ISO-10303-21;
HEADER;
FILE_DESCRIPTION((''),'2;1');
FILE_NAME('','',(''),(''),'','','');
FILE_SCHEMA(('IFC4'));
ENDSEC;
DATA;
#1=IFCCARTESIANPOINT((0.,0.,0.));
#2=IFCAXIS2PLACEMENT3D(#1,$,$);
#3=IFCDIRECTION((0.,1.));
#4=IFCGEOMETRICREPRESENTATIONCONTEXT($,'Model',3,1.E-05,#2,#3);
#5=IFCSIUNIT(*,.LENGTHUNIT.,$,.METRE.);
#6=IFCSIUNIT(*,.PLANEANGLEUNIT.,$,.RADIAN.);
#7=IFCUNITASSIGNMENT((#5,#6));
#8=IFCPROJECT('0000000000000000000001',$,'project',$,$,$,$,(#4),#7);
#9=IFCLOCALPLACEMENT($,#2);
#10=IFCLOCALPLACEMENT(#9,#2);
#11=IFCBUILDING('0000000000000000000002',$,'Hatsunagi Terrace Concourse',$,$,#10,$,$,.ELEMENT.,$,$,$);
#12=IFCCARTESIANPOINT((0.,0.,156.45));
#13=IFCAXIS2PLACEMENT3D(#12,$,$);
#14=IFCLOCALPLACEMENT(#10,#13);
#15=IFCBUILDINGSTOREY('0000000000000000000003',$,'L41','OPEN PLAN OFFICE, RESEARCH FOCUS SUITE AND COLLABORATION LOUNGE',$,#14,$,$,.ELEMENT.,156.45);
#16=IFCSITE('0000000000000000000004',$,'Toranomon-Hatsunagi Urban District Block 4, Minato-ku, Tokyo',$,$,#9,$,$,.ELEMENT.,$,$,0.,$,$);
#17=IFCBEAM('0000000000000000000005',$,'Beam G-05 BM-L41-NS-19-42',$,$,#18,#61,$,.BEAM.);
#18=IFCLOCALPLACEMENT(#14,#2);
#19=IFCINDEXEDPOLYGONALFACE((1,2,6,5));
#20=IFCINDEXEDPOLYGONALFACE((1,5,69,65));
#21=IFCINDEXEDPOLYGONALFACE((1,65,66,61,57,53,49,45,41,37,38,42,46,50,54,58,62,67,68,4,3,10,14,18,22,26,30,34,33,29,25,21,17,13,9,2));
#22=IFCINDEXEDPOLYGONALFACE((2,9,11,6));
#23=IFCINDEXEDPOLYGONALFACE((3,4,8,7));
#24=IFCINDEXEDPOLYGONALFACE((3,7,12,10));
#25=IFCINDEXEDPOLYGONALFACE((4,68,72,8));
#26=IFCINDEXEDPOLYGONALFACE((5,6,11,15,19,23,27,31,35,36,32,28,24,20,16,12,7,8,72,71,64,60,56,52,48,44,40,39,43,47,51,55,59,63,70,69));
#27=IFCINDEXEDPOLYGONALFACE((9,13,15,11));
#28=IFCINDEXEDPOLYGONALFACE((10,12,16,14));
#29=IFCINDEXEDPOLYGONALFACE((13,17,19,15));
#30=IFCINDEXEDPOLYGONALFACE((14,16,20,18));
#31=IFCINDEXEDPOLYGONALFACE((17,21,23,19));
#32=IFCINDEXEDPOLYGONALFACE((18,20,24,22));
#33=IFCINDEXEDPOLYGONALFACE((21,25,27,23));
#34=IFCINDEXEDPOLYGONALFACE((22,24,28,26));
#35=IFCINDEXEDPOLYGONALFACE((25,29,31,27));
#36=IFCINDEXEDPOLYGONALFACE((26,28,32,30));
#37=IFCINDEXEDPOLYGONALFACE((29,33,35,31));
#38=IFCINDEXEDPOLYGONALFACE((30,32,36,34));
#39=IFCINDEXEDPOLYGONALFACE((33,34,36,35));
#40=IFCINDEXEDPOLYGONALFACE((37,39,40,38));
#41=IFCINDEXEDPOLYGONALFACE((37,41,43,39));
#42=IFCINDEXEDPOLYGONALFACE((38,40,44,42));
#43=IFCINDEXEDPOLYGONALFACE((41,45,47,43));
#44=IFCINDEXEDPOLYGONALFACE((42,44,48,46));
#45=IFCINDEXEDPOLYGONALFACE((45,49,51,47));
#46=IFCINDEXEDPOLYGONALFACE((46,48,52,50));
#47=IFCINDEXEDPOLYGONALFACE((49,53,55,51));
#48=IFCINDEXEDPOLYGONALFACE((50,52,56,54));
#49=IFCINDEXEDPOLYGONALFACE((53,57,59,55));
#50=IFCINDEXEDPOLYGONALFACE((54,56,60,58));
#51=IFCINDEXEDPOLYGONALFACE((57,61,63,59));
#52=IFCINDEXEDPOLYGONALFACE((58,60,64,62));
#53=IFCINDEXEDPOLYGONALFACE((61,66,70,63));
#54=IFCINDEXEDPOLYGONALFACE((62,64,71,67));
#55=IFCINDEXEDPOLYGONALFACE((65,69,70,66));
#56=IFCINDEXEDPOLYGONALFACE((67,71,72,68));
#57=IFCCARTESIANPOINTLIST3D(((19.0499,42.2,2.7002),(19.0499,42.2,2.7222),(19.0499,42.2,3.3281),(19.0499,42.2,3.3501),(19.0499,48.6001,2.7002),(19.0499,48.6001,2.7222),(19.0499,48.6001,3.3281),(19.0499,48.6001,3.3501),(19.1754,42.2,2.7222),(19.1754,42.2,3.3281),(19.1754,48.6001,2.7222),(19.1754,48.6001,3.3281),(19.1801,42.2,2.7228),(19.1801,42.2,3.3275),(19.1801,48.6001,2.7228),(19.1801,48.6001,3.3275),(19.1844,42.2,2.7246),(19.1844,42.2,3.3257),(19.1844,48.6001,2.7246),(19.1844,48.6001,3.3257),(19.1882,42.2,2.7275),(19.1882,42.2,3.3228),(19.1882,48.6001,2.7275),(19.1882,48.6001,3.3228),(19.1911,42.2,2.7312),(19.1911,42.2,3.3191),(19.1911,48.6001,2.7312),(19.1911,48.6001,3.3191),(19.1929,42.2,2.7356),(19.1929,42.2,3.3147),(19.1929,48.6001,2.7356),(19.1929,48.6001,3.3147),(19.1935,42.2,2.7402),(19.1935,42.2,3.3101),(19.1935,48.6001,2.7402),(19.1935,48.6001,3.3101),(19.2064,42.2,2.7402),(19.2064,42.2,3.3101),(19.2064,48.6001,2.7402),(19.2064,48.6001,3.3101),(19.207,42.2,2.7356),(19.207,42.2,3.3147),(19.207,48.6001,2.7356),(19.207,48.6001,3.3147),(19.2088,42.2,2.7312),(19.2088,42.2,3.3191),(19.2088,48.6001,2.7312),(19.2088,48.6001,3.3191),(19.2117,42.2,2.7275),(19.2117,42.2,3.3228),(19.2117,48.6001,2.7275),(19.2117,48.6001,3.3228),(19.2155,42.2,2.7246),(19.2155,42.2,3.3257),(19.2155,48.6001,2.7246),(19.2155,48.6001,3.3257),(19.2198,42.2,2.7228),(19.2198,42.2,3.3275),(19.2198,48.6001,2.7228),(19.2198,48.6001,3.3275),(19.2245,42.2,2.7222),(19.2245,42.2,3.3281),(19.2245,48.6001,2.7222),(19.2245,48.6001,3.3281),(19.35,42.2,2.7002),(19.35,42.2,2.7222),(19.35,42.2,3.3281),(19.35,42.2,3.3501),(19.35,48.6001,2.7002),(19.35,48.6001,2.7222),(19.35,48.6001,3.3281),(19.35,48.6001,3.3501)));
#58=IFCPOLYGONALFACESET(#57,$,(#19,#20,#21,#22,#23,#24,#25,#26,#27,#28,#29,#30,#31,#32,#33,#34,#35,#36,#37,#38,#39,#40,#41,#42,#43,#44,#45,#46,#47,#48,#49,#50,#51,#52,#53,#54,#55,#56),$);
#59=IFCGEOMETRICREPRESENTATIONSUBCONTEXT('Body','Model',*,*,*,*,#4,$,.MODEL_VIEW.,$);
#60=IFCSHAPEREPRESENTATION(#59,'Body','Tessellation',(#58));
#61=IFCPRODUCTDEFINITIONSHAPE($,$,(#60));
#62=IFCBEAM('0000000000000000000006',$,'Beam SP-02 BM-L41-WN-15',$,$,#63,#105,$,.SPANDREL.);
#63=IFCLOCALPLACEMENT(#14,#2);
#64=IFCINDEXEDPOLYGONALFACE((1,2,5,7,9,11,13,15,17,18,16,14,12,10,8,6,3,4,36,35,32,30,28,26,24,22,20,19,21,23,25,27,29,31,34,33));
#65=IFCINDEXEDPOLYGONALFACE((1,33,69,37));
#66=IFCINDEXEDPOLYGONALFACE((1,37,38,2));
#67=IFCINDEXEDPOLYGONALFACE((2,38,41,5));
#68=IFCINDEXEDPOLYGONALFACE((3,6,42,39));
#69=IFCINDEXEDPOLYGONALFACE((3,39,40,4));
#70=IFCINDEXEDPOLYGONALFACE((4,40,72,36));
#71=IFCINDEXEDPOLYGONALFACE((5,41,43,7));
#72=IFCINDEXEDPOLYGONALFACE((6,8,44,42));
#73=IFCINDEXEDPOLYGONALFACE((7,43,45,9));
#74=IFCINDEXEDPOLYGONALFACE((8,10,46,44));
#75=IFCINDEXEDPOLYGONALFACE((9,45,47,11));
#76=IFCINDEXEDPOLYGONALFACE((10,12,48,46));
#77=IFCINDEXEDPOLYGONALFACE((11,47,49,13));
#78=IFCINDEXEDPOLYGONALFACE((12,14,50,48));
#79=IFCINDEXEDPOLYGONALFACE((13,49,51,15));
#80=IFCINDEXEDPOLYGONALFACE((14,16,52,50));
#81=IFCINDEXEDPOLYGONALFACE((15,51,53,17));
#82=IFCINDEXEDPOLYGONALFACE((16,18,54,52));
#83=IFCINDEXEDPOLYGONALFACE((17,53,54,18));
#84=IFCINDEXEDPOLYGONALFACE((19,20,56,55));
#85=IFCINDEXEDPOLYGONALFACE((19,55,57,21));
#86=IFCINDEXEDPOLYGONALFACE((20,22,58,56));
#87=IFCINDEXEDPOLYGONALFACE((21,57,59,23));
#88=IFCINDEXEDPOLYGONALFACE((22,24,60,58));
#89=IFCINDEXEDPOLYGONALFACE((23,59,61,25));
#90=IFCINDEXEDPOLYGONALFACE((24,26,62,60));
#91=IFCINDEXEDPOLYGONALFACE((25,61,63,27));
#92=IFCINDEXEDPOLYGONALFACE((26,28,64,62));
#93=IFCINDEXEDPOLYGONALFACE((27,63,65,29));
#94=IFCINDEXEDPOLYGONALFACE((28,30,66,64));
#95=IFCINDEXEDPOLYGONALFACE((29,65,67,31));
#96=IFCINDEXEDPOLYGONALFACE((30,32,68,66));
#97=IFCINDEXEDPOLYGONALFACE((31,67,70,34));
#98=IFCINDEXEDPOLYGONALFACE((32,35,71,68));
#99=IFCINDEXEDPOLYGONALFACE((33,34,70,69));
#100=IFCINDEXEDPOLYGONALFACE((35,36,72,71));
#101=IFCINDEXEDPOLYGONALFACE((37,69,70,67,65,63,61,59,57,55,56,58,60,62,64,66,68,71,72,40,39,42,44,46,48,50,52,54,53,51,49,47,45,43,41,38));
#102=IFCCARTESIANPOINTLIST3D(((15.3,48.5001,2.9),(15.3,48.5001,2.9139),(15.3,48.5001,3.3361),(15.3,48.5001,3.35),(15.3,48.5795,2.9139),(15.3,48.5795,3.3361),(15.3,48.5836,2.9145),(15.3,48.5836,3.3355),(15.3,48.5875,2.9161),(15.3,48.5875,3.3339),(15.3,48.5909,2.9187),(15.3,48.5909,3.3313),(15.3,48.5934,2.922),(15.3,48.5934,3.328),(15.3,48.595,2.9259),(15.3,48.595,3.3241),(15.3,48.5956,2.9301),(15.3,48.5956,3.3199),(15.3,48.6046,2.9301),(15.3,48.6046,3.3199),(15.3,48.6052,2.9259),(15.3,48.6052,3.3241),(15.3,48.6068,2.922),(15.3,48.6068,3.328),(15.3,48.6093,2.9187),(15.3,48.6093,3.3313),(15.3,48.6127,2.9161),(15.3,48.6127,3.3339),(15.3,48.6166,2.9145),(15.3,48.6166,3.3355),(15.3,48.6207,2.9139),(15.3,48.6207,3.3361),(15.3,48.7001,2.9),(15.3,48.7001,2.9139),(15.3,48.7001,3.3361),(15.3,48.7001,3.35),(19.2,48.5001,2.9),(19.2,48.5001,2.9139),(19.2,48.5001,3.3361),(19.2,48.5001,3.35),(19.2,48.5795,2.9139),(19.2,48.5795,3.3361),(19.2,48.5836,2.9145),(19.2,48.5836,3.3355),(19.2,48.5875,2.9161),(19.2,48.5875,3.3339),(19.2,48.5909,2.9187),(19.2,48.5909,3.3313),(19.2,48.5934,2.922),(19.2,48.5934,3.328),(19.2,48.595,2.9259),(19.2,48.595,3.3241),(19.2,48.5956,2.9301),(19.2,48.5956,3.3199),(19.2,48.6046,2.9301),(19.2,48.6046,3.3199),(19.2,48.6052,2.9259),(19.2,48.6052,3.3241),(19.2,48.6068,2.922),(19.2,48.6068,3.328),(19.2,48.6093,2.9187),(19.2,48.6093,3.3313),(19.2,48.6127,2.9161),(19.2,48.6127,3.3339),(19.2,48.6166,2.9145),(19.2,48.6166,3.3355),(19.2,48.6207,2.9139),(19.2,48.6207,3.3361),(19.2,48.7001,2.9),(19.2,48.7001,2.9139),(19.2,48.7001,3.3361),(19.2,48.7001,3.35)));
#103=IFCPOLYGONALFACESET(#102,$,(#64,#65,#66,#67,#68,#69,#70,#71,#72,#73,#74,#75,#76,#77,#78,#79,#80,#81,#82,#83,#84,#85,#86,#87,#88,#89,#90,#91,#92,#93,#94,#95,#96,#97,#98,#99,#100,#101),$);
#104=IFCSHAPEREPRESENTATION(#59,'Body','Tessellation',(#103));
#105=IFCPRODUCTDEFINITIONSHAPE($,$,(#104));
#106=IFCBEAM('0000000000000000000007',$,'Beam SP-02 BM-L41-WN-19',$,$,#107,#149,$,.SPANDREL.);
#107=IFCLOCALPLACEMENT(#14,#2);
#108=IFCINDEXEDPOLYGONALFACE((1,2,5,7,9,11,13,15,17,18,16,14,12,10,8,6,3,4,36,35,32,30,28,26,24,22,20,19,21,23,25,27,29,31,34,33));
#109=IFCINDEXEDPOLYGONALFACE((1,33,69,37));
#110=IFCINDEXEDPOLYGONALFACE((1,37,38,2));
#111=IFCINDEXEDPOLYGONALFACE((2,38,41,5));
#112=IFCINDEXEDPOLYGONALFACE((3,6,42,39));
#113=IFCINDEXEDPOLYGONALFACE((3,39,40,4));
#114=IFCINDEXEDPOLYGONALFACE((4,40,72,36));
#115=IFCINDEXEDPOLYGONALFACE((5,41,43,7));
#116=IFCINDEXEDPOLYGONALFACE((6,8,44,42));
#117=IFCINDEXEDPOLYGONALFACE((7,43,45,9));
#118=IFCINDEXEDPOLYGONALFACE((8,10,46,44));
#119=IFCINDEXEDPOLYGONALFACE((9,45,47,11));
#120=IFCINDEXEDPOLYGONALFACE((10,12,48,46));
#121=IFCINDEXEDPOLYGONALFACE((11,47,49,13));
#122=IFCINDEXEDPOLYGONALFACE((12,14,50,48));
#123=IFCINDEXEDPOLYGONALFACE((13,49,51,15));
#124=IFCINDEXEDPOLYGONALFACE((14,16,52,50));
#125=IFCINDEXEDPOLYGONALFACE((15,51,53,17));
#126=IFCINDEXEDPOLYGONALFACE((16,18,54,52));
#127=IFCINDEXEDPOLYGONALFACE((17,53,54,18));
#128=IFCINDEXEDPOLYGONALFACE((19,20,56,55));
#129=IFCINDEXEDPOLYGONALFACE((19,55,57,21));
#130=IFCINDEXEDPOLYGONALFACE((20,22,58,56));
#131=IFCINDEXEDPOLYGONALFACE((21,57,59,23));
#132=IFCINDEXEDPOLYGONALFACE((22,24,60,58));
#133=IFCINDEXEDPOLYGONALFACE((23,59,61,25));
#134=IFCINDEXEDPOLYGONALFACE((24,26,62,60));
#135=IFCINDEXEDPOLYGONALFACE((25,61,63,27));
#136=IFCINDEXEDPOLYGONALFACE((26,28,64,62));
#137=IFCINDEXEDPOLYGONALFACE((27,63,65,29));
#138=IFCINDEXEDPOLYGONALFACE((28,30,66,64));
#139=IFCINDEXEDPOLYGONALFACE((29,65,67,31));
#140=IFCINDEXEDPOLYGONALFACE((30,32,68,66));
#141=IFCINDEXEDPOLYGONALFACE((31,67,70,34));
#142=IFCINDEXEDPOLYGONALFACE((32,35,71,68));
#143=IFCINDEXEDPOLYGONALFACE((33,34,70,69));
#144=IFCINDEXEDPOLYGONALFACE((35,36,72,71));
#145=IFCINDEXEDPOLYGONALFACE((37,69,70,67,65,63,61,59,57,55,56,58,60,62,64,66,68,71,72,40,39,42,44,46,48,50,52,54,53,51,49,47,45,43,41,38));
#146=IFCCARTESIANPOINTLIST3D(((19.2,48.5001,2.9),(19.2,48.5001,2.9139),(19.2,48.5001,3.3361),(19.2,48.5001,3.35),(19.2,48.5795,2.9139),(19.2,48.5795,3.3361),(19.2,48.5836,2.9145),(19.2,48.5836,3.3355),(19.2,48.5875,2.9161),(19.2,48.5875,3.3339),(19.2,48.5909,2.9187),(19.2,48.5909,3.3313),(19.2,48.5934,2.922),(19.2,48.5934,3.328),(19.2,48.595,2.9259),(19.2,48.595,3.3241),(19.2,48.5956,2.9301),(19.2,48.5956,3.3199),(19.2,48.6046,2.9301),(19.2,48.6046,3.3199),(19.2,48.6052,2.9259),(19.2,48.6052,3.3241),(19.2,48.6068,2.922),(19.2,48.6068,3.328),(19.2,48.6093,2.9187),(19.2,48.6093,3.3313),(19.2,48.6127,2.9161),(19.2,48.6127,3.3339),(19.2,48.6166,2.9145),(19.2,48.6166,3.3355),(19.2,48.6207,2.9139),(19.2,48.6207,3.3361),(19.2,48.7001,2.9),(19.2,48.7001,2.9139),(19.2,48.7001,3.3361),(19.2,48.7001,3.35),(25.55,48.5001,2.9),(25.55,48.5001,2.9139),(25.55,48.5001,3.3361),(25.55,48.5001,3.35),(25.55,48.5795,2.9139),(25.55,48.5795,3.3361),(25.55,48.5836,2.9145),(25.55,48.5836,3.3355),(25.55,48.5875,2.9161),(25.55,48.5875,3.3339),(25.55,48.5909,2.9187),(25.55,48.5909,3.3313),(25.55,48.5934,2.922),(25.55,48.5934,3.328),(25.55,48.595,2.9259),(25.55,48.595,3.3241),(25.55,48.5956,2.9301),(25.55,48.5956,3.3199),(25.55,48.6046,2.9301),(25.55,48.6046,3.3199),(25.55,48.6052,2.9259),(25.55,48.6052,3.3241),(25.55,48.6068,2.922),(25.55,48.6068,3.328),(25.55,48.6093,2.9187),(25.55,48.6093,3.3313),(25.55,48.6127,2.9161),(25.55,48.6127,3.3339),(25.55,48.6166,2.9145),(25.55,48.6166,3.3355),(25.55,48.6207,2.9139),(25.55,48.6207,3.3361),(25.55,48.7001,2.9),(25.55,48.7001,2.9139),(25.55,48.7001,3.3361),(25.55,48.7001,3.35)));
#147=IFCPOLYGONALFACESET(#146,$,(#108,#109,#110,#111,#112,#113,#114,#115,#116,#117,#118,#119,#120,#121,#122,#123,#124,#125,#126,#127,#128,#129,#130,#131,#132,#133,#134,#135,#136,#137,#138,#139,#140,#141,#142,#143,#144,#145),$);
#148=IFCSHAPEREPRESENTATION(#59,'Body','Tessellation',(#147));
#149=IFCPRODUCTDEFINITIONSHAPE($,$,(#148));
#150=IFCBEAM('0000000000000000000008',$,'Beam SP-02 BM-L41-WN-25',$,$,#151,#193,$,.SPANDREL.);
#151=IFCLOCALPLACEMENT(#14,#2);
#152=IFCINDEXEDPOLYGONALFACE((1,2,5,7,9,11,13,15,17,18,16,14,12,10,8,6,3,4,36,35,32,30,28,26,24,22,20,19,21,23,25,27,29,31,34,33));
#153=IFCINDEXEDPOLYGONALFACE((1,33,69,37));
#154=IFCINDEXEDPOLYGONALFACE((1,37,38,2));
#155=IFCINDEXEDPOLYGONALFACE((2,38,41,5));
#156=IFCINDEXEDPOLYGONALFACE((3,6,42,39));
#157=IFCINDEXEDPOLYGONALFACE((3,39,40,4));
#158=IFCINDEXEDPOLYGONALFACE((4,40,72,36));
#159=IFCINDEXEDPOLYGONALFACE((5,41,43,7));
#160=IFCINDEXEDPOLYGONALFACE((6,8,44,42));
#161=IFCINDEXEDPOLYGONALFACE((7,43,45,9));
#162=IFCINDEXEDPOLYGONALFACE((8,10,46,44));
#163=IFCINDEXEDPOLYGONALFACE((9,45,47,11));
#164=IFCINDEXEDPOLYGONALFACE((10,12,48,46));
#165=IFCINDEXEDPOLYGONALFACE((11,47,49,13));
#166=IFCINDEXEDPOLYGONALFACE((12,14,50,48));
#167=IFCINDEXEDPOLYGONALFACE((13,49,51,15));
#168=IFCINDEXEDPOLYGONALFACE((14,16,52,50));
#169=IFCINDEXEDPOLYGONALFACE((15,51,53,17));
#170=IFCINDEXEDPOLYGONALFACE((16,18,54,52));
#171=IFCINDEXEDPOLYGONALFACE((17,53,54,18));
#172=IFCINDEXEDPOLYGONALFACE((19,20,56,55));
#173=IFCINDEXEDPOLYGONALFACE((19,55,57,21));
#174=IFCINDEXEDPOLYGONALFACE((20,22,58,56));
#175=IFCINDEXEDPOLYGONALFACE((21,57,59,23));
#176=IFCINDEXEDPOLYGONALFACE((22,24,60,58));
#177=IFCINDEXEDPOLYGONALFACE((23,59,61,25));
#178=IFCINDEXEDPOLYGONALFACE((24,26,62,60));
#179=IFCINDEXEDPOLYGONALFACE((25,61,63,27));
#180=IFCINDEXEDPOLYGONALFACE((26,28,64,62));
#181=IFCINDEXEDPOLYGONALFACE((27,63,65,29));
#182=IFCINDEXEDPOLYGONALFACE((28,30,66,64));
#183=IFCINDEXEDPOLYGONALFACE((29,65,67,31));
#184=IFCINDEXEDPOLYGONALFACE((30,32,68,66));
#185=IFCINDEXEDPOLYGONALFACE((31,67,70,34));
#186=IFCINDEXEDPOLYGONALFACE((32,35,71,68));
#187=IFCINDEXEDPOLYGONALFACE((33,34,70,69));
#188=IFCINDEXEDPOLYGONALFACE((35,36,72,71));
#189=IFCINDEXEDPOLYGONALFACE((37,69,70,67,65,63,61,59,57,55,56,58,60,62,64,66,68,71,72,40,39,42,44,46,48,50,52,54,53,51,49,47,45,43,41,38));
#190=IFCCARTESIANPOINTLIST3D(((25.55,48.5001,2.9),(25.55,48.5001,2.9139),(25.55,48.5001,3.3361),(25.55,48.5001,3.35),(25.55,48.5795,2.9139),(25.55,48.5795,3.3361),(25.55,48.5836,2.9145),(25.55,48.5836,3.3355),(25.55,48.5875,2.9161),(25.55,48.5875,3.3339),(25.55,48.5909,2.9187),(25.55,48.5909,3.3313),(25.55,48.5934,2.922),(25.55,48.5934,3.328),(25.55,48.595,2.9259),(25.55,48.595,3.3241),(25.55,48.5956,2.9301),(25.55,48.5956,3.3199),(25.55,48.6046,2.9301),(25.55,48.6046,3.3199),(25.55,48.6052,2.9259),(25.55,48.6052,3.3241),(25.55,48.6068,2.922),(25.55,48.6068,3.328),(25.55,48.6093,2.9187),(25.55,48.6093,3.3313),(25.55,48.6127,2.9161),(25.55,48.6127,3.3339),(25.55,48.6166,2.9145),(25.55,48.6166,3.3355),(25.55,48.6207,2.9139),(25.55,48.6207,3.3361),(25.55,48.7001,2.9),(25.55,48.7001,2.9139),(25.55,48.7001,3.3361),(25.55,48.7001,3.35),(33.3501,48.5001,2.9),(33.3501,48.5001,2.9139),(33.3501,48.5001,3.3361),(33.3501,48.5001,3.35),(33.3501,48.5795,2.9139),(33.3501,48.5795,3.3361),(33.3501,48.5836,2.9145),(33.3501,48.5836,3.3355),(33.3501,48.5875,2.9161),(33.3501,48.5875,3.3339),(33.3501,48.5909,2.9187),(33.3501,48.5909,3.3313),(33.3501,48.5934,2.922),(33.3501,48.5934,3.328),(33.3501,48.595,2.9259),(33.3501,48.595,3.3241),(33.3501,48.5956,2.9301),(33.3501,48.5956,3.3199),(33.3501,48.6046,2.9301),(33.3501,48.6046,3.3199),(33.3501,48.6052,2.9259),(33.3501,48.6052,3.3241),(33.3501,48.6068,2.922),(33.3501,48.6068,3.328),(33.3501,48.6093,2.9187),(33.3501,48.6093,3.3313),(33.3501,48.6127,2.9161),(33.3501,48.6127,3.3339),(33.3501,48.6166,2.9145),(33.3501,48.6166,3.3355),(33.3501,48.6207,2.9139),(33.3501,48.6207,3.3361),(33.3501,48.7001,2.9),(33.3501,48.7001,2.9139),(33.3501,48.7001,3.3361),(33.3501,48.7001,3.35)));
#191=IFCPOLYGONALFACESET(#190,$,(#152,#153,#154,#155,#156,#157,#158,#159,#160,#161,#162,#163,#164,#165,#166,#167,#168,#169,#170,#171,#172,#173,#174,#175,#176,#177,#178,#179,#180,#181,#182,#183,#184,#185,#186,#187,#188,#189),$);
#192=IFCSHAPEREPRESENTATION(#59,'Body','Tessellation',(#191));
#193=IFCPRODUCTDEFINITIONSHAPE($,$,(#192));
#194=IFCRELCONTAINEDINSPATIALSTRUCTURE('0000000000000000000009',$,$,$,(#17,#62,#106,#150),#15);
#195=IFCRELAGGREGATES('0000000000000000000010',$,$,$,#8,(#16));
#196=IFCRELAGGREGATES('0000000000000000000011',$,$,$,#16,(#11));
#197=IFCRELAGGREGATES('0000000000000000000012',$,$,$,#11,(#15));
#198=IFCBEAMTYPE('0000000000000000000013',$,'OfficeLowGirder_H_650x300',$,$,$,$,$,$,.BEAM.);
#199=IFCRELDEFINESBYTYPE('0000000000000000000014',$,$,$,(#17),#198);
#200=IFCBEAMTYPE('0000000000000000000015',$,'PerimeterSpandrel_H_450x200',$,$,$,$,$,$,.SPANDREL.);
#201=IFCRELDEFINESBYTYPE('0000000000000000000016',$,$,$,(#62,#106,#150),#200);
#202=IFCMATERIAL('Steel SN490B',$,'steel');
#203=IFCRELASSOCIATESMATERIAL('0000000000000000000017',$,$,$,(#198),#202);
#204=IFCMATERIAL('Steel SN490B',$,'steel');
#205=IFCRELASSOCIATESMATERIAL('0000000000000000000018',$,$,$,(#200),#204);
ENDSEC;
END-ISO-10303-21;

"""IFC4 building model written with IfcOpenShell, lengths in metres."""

from ifc_helpers import new_model, si_unit, direction, frame, origin, origin_2d, place, context, subcontext, project, spatial, i_section, extrude, material, material_profile, profile_set, type_object, element, save


model = new_model("IFC4")

# Units and contexts
model_context = context("Model", 3, precision=1e-05, world=origin(), true_north=direction((0.0, 1.0)))
body_context = subcontext(model_context, "Body", "Model", "MODEL_VIEW")
ifc_project = project(units=[si_unit("LENGTHUNIT", "METRE"), si_unit("PLANEANGLEUNIT", "RADIAN")], contexts=[model_context])

# Site, building, storey
site_placement = place(None, origin())
site = spatial("IfcSite", under=ifc_project, at=site_placement, Name="Toranomon-Hatsunagi Urban District Block 4, Minato-ku, Tokyo", CompositionType="ELEMENT", RefElevation=0.0)
building_placement = place(site_placement, origin())
building = spatial("IfcBuilding", under=site, at=building_placement, Name="Hatsunagi Terrace Concourse", CompositionType="ELEMENT")
storey_placement = place(building_placement, frame((0.0, 0.0, 156.45)))
storey = spatial("IfcBuildingStorey", under=building, at=storey_placement, Name="L41", Description="OPEN PLAN OFFICE, RESEARCH FOCUS SUITE AND COLLABORATION LOUNGE", CompositionType="ELEMENT", Elevation=156.45)

# Beams
ifc_material_1 = material(Name="Steel SN490B", Category="steel")
ifc_material_profile_1 = material_profile(ifc_material_1, i_section(OverallWidth=0.3, OverallDepth=0.6499, WebThickness=0.0129, FlangeThickness=0.022, FilletRadius=0.0181, at=origin_2d()), Name="H-650x300x13x22")
ifc_profile_set_1 = profile_set([ifc_material_profile_1], Name="Steel SN490B")
beam_type_1 = type_object("IfcBeamType", Name="OfficeLowGirder_H_650x300", PredefinedType="BEAM", material=ifc_profile_set_1)
beam_1_placement = place(storey_placement, frame((19.2, 42.2, 3.0251), z_axis=(0.0, 1.0, 0.0), x_axis=(-1.0, 0.0, 0.0)))
element("IfcBeam", 1, at=beam_1_placement, inside=storey, type_object=beam_type_1, Name="Beam G-05 BM-L41-NS-19-42", PredefinedType="BEAM", context=body_context, shape_type="SweptSolid", body=[
    extrude(i_section(OverallWidth=0.3, OverallDepth=0.6499, WebThickness=0.0129, FlangeThickness=0.022, FilletRadius=0.0181, at=origin_2d()), origin(), (0.0, 0.0, 1.0), 6.4001),
])
ifc_material_2 = material(Name="Steel SN490B", Category="steel")
ifc_material_profile_2 = material_profile(ifc_material_2, i_section(OverallWidth=0.2, OverallDepth=0.45, WebThickness=0.009, FlangeThickness=0.0139, FilletRadius=0.0161, at=origin_2d()), Name="H-450x200x9x14")
ifc_profile_set_2 = profile_set([ifc_material_profile_2], Name="Steel SN490B")
beam_type_2 = type_object("IfcBeamType", Name="PerimeterSpandrel_H_450x200", PredefinedType="SPANDREL", material=ifc_profile_set_2)
beam_2_placement = place(storey_placement, frame((15.3, 48.6001, 3.125), z_axis=(1.0, 0.0, 0.0), x_axis=(0.0, 1.0, 0.0)))
element("IfcBeam", 2, at=beam_2_placement, inside=storey, type_object=beam_type_2, Name="Beam SP-02 BM-L41-WN-15", PredefinedType="SPANDREL", context=body_context, shape_type="SweptSolid", body=[
    extrude(i_section(OverallWidth=0.2, OverallDepth=0.45, WebThickness=0.009, FlangeThickness=0.0139, FilletRadius=0.0161, at=origin_2d()), origin(), (0.0, 0.0, 1.0), 3.8999),
])
beam_3_placement = place(storey_placement, frame((19.2, 48.6001, 3.125), z_axis=(1.0, 0.0, 0.0), x_axis=(0.0, 1.0, 0.0)))
element("IfcBeam", 3, at=beam_3_placement, inside=storey, type_object=beam_type_2, Name="Beam SP-02 BM-L41-WN-19", PredefinedType="SPANDREL", context=body_context, shape_type="SweptSolid", body=[
    extrude(i_section(OverallWidth=0.2, OverallDepth=0.45, WebThickness=0.009, FlangeThickness=0.0139, FilletRadius=0.0161, at=origin_2d()), origin(), (0.0, 0.0, 1.0), 6.3501),
])
beam_4_placement = place(storey_placement, frame((25.55, 48.6001, 3.125), z_axis=(1.0, 0.0, 0.0), x_axis=(0.0, 1.0, 0.0)))
element("IfcBeam", 4, at=beam_4_placement, inside=storey, type_object=beam_type_2, Name="Beam SP-02 BM-L41-WN-25", PredefinedType="SPANDREL", context=body_context, shape_type="SweptSolid", body=[
    extrude(i_section(OverallWidth=0.2, OverallDepth=0.45, WebThickness=0.009, FlangeThickness=0.0139, FilletRadius=0.0161, at=origin_2d()), origin(), (0.0, 0.0, 1.0), 7.8),
])

save(model, "model.ifc")
